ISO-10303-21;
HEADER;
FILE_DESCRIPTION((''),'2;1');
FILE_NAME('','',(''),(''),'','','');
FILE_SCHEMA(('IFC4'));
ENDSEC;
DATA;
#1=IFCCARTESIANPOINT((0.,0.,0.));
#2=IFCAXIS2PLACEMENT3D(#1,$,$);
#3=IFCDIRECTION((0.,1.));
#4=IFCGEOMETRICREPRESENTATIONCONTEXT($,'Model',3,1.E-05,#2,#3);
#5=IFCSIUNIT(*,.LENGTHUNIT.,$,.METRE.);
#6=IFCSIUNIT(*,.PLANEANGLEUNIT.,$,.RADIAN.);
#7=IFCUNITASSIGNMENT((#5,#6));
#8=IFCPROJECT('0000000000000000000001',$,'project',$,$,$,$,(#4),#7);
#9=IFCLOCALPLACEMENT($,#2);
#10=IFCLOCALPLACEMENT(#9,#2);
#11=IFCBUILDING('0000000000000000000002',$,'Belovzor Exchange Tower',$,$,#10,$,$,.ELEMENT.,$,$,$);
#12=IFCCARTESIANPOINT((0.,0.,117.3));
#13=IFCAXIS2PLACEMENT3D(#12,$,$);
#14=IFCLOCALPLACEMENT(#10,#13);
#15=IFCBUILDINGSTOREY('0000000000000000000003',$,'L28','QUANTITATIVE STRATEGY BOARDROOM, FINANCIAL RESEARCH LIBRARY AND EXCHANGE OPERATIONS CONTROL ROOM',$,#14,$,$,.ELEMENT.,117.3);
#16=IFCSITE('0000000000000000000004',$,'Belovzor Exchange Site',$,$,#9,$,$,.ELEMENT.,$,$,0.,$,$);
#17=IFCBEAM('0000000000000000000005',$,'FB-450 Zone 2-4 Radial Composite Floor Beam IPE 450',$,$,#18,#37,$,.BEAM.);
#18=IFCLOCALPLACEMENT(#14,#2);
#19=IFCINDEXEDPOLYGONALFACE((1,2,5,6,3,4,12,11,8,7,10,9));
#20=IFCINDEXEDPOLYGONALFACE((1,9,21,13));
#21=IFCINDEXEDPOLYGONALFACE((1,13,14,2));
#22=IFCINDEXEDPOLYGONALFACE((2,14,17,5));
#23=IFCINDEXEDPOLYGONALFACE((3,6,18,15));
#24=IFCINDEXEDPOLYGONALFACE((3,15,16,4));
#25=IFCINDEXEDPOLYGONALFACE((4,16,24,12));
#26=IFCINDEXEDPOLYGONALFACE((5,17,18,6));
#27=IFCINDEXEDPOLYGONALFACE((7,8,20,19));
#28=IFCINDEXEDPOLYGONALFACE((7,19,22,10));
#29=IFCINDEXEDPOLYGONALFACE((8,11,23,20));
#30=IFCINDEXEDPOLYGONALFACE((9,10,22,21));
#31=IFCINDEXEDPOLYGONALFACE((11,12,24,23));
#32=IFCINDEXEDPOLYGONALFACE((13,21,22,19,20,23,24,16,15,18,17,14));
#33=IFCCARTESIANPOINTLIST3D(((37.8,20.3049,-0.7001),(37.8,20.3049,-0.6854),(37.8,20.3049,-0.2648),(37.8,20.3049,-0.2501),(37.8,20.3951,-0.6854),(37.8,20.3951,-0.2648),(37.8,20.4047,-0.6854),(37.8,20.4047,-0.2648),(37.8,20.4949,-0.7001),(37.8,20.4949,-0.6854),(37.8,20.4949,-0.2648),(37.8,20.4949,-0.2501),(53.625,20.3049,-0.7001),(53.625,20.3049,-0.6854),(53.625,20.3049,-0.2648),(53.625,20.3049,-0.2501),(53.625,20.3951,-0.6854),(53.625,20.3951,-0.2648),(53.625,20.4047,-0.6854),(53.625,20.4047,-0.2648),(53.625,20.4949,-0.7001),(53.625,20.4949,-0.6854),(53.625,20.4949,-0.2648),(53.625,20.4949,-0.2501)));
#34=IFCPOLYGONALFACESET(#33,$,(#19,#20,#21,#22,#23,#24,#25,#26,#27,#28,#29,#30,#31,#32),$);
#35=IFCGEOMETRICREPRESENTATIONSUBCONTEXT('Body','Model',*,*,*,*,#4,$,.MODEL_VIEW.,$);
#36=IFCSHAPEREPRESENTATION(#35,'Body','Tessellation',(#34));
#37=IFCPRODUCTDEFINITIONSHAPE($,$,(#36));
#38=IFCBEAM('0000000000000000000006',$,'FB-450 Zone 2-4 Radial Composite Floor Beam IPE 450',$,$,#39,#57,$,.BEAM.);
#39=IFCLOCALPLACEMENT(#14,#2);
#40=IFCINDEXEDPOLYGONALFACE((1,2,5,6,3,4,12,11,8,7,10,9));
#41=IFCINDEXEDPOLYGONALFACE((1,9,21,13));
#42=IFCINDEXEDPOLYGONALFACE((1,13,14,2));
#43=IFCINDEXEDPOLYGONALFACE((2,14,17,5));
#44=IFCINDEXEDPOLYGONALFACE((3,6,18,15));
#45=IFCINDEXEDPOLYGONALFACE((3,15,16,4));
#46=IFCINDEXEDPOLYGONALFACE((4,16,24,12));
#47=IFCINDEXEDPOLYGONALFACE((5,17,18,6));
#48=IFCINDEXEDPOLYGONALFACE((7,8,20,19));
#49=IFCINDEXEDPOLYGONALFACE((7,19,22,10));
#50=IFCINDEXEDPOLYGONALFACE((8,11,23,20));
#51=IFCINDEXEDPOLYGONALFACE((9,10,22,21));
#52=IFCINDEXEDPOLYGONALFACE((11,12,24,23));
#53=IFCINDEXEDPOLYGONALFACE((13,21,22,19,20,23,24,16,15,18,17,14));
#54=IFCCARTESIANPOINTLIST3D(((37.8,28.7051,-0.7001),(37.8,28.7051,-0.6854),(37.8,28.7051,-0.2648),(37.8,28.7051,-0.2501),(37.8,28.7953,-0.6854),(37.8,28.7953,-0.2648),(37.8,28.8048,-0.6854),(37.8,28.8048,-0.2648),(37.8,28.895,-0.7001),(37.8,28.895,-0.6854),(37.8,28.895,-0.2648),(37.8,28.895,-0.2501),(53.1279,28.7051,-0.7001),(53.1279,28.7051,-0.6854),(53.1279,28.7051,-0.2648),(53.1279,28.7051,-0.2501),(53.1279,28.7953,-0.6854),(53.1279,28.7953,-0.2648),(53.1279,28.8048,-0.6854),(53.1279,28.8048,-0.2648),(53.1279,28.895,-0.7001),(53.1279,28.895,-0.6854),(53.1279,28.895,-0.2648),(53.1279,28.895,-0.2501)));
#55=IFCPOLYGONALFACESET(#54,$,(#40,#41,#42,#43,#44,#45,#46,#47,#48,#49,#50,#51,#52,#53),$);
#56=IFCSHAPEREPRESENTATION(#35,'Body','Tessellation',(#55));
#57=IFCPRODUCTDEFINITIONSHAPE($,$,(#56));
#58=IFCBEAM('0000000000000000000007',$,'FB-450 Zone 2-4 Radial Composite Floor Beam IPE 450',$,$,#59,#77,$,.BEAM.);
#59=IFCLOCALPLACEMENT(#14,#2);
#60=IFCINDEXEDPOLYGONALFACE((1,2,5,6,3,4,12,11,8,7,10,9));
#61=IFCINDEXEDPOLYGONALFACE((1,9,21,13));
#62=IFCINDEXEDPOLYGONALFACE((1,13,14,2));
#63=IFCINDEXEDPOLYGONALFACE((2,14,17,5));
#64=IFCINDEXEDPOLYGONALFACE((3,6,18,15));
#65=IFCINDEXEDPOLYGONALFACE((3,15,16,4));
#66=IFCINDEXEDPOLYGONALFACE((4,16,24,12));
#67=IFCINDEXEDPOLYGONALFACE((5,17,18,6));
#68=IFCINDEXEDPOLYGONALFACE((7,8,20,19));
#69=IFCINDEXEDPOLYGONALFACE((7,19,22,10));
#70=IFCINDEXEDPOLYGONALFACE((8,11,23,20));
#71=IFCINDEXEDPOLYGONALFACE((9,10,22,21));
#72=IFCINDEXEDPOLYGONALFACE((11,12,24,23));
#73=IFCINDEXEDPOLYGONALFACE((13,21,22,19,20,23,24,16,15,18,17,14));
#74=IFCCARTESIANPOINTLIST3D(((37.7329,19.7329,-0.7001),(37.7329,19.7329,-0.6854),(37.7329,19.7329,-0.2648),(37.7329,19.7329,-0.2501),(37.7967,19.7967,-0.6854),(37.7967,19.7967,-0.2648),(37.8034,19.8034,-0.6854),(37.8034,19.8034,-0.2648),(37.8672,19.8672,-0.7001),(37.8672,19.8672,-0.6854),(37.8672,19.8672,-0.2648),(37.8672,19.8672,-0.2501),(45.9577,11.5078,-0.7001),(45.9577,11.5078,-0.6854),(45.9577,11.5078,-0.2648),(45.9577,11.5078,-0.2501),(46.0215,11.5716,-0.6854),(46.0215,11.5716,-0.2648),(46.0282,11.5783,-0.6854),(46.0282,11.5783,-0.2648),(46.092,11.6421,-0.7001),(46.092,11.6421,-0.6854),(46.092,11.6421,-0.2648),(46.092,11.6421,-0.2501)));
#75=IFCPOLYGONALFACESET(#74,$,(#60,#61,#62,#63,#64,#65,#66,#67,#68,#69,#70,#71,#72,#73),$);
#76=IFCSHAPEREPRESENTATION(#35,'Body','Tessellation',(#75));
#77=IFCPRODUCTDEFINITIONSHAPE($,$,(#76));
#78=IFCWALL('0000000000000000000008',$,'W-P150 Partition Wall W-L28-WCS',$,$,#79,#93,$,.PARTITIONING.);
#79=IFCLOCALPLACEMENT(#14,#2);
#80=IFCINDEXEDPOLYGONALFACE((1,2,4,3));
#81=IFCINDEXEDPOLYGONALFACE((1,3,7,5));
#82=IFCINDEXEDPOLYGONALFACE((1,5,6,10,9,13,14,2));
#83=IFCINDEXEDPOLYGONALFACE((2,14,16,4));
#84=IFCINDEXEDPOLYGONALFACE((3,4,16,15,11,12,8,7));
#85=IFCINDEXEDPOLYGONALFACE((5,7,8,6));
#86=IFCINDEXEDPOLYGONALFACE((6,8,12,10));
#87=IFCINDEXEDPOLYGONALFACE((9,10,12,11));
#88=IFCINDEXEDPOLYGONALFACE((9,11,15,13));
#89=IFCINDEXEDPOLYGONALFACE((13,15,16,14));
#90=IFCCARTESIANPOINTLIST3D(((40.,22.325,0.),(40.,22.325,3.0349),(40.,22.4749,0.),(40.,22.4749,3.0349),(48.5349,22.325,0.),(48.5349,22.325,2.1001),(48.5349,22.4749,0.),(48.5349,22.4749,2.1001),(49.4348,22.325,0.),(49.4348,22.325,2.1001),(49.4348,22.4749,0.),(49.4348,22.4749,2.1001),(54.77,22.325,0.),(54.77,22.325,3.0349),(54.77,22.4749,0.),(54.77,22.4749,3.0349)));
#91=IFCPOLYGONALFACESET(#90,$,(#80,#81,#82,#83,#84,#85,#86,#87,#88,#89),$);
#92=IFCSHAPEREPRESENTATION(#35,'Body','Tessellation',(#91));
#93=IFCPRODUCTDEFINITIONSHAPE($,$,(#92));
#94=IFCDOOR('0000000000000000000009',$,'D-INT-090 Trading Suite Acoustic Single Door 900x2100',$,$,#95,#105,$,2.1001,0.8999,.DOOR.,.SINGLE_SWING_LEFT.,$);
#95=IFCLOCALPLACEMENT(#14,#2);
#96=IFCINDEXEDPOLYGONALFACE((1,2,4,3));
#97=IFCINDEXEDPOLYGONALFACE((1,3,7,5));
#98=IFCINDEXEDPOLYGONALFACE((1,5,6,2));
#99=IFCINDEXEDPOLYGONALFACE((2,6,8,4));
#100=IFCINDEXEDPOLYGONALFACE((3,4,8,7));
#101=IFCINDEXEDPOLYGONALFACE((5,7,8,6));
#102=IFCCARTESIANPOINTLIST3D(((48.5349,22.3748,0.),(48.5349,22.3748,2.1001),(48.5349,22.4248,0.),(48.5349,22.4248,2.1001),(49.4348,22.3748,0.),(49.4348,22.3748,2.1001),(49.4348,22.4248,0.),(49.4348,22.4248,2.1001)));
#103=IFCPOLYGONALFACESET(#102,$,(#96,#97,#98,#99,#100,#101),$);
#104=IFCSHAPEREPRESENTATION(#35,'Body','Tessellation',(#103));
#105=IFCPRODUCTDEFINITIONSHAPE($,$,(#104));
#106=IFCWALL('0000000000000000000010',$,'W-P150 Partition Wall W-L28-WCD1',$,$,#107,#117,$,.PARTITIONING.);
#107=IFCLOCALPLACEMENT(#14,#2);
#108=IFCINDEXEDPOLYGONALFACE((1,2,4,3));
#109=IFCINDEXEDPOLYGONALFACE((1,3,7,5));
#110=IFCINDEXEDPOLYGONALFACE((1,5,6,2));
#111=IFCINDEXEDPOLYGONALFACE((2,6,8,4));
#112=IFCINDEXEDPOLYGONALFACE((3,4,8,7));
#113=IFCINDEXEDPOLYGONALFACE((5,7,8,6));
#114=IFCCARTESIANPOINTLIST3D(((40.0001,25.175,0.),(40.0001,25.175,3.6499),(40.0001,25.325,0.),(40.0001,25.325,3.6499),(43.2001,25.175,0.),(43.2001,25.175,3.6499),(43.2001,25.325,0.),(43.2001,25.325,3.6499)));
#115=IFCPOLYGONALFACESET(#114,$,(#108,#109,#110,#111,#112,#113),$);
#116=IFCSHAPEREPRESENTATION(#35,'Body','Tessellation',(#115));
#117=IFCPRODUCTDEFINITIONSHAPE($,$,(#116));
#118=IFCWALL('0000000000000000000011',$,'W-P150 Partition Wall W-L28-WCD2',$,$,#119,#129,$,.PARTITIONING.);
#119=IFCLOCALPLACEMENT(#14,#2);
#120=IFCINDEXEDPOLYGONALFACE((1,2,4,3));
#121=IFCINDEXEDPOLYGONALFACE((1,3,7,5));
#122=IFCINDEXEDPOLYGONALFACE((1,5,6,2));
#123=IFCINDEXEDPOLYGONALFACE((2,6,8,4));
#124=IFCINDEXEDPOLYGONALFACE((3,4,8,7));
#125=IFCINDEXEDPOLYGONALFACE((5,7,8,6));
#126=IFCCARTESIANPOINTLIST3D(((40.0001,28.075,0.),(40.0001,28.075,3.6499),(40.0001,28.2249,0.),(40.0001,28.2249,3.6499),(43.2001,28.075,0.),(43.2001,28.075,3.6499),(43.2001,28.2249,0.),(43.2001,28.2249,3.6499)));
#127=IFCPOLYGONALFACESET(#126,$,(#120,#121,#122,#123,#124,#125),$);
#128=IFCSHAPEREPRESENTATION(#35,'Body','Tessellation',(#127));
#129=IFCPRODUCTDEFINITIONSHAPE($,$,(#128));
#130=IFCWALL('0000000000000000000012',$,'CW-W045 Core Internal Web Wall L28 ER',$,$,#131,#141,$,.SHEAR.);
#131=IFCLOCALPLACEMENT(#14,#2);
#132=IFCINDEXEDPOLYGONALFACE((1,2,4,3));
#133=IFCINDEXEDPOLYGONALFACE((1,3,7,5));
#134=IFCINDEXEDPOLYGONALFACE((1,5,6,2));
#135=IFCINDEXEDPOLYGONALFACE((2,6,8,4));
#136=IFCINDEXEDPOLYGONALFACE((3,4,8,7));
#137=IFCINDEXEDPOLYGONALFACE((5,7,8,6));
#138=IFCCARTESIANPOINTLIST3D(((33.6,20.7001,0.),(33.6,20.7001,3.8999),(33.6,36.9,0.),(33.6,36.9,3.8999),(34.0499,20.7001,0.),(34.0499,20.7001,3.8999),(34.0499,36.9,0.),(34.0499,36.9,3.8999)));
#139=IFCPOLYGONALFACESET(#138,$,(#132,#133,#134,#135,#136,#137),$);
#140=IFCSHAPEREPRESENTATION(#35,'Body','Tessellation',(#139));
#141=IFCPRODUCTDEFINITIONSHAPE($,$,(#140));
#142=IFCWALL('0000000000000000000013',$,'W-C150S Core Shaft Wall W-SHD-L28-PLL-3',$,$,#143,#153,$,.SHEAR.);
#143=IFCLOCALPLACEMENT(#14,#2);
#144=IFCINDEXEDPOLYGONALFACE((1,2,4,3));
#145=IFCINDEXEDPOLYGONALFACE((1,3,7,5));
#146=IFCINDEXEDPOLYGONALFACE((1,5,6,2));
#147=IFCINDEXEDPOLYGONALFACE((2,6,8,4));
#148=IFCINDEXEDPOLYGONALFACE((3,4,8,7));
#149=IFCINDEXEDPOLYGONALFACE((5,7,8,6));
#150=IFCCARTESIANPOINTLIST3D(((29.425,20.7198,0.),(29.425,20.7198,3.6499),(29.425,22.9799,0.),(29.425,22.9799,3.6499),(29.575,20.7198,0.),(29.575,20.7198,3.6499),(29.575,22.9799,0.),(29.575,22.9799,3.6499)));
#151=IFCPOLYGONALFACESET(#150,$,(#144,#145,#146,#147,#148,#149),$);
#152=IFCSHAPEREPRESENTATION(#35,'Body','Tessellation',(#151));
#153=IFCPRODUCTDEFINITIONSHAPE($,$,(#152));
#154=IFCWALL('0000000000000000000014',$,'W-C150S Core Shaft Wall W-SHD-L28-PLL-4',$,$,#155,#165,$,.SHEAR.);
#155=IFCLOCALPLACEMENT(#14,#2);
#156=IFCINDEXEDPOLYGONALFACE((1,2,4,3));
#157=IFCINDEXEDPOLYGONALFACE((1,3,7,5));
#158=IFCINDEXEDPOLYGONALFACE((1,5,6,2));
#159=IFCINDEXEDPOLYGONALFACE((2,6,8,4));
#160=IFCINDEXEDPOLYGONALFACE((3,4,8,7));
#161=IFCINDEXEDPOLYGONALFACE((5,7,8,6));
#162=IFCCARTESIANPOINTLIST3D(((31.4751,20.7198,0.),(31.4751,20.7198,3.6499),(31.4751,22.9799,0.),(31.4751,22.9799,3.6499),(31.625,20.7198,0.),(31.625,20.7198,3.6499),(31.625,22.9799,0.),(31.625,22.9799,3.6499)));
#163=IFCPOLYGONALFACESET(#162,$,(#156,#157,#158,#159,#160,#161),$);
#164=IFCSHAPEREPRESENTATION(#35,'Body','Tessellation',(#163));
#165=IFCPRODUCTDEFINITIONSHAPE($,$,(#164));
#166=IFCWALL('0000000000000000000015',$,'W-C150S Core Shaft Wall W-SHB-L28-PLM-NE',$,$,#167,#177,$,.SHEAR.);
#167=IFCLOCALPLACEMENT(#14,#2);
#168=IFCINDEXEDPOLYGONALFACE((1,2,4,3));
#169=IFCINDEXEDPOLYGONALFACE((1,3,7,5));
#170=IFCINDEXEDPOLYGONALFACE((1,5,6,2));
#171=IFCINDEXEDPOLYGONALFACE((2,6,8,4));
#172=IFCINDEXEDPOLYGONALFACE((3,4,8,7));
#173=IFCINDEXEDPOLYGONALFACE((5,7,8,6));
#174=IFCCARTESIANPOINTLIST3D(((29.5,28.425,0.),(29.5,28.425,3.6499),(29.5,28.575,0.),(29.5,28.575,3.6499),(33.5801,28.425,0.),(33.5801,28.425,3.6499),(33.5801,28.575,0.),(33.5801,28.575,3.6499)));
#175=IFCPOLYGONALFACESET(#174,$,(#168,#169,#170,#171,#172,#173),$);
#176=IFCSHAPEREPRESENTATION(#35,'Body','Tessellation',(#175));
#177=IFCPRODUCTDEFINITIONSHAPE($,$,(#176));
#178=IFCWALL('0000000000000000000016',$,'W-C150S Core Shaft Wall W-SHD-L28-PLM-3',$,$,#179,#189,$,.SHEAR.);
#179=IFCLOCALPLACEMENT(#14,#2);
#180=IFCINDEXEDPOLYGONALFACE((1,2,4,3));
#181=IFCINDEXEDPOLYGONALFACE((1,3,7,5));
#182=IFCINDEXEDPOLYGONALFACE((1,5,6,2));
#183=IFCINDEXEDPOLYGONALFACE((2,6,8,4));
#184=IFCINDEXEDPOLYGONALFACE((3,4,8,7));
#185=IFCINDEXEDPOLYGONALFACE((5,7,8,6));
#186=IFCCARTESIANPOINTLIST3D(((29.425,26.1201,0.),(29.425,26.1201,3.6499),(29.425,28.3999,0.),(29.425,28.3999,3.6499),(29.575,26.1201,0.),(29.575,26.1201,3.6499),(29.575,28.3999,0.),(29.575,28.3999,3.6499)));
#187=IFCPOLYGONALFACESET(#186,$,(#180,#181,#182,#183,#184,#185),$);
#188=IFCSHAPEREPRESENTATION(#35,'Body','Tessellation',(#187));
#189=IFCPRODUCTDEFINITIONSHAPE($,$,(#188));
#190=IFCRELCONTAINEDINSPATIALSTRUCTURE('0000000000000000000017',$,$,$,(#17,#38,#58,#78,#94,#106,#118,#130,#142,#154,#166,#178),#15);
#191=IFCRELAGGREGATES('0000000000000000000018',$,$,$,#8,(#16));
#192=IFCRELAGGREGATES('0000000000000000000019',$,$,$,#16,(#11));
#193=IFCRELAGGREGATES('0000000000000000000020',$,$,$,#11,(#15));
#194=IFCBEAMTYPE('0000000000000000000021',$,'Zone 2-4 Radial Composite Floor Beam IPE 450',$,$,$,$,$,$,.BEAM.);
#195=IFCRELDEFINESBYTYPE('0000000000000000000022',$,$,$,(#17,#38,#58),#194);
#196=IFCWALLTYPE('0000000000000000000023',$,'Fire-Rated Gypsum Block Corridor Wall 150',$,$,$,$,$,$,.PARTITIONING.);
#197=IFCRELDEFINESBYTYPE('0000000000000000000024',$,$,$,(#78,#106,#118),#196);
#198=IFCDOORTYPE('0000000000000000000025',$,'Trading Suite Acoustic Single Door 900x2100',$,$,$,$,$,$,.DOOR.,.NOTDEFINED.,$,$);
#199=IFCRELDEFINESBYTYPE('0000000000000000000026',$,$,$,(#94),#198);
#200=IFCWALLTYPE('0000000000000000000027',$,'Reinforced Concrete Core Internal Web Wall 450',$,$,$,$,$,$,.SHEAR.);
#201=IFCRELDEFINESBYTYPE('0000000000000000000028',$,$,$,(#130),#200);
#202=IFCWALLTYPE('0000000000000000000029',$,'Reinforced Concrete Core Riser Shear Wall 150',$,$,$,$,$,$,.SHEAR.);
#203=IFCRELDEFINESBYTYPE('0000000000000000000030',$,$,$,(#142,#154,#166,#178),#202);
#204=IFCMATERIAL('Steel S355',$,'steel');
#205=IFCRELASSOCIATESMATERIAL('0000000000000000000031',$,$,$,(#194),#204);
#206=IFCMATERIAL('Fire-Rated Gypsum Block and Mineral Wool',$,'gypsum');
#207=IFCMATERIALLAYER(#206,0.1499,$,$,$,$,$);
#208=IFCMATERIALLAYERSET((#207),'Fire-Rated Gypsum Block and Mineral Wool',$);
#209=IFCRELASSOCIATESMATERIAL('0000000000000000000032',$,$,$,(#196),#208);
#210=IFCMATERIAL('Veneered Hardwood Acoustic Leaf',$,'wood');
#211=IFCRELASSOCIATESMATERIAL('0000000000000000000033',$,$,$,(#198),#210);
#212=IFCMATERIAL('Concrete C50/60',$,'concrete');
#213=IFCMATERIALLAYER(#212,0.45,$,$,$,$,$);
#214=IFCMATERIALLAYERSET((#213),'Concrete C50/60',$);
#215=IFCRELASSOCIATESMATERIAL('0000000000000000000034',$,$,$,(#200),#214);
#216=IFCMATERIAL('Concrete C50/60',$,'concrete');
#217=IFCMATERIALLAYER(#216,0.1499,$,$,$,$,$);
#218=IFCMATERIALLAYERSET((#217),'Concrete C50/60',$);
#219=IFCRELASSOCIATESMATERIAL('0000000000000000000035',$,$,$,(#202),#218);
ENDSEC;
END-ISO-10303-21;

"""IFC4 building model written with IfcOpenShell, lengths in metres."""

from ifc_helpers import new_model, si_unit, direction, frame, frame_2d, origin, origin_2d, place, context, subcontext, project, spatial, rectangle, i_section, extrude, material, layer, layer_set, material_profile, profile_set, type_object, element, fill, save


model = new_model("IFC4")

# Units and contexts
model_context = context("Model", 3, precision=1e-05, world=origin(), true_north=direction((0.0, 1.0)))
body_context = subcontext(model_context, "Body", "Model", "MODEL_VIEW")
ifc_project = project(units=[si_unit("LENGTHUNIT", "METRE"), si_unit("PLANEANGLEUNIT", "RADIAN")], contexts=[model_context])

# Site, building, storey
site_placement = place(None, origin())
site = spatial("IfcSite", under=ifc_project, at=site_placement, Name="Belovzor Exchange Site", CompositionType="ELEMENT", RefElevation=0.0)
building_placement = place(site_placement, origin())
building = spatial("IfcBuilding", under=site, at=building_placement, Name="Belovzor Exchange Tower", CompositionType="ELEMENT")
storey_placement = place(building_placement, frame((0.0, 0.0, 117.3)))
storey = spatial("IfcBuildingStorey", under=building, at=storey_placement, Name="L28", Description="QUANTITATIVE STRATEGY BOARDROOM, FINANCIAL RESEARCH LIBRARY AND EXCHANGE OPERATIONS CONTROL ROOM", CompositionType="ELEMENT", Elevation=117.3)

# Beams
ifc_material_1 = material(Name="Steel S355", Category="steel")
ifc_material_profile = material_profile(ifc_material_1, i_section(OverallWidth=0.1899, OverallDepth=0.45, WebThickness=0.0095, FlangeThickness=0.0146, at=origin_2d()))
ifc_profile_set = profile_set([ifc_material_profile], Name="Steel S355")
beam_type = type_object("IfcBeamType", Name="Zone 2-4 Radial Composite Floor Beam IPE 450", PredefinedType="BEAM", material=ifc_profile_set)
beam_1_placement = place(storey_placement, frame((37.8, 20.3999, -0.4751), z_axis=(1.0, 0.0, 0.0), x_axis=(0.0, 1.0, 0.0)))
element("IfcBeam", 1, at=beam_1_placement, inside=storey, type_object=beam_type, Name="FB-450 Zone 2-4 Radial Composite Floor Beam IPE 450", PredefinedType="BEAM", context=body_context, shape_type="SweptSolid", body=[
    extrude(i_section(OverallWidth=0.1899, OverallDepth=0.45, WebThickness=0.0095, FlangeThickness=0.0146, at=origin_2d()), origin(), (0.0, 0.0, 1.0), 15.825),
])
beam_2_placement = place(storey_placement, frame((37.8, 28.8, -0.4751), z_axis=(1.0, 0.0, 0.0), x_axis=(0.0, 1.0, 0.0)))
element("IfcBeam", 2, at=beam_2_placement, inside=storey, type_object=beam_type, Name="FB-450 Zone 2-4 Radial Composite Floor Beam IPE 450", PredefinedType="BEAM", context=body_context, shape_type="SweptSolid", body=[
    extrude(i_section(OverallWidth=0.1899, OverallDepth=0.45, WebThickness=0.0095, FlangeThickness=0.0146, at=origin_2d()), origin(), (0.0, 0.0, 1.0), 15.3279),
])
beam_3_placement = place(storey_placement, frame((37.8, 19.8, -0.4751), z_axis=(0.707096, -0.707117, 0.0), x_axis=(0.707117, 0.707096, 0.0)))
element("IfcBeam", 3, at=beam_3_placement, inside=storey, type_object=beam_type, Name="FB-450 Zone 2-4 Radial Composite Floor Beam IPE 450", PredefinedType="BEAM", context=body_context, shape_type="SweptSolid", body=[
    extrude(i_section(OverallWidth=0.1899, OverallDepth=0.45, WebThickness=0.0095, FlangeThickness=0.0146, at=origin_2d()), origin(), (0.0, 0.0, 1.0), 11.6318),
])

# Wall, opening, door
ifc_material_2 = material(Name="Fire-Rated Gypsum Block and Mineral Wool", Category="gypsum")
ifc_layer_1 = layer(ifc_material_2, 0.1499)
ifc_layer_set_1 = layer_set([ifc_layer_1], Name="Fire-Rated Gypsum Block and Mineral Wool")
wall_type_1 = type_object("IfcWallType", Name="Fire-Rated Gypsum Block Corridor Wall 150", PredefinedType="PARTITIONING", material=ifc_layer_set_1)
wall_1_placement = place(storey_placement, frame((40.0, 22.3999, 0.0), z_axis=(0.0, 0.0, 1.0), x_axis=(1.0, 0.0, 0.0)))
wall_1 = element("IfcWall", 4, at=wall_1_placement, inside=storey, type_object=wall_type_1, Name="W-P150 Partition Wall W-L28-WCS", PredefinedType="PARTITIONING", context=body_context, shape_type="SweptSolid", body=[
    extrude(rectangle(XDim=14.77, YDim=0.1499, at=frame_2d((7.385, 0.0))), origin(), (0.0, 0.0, 1.0), 3.0349),
])
opening_1_placement = place(wall_1_placement, frame((8.5349, 0.0, 0.0)))
opening_1 = element("IfcOpeningElement", 5, at=opening_1_placement, cuts=wall_1, PredefinedType="OPENING", context=body_context, shape_type="SweptSolid", body=[
    extrude(rectangle(XDim=0.8999, YDim=2.1001, at=frame_2d((0.45, 1.05))), frame((0.0, 0.085, 0.0), z_axis=(0.0, -1.0, 0.0), x_axis=(1.0, 0.0, 0.0)), (0.0, 0.0, 1.0), 0.1699),
])
ifc_material_3 = material(Name="Veneered Hardwood Acoustic Leaf", Category="wood")
door_type_1 = type_object("IfcDoorType", Name="Trading Suite Acoustic Single Door 900x2100", OperationType="NOTDEFINED", PredefinedType="DOOR", material=ifc_material_3)
door_1_placement = place(opening_1_placement, origin())
door_1 = element("IfcDoor", 6, at=door_1_placement, inside=storey, type_object=door_type_1, Name="D-INT-090 Trading Suite Acoustic Single Door 900x2100", OperationType="SINGLE_SWING_LEFT", OverallHeight=2.1001, OverallWidth=0.8999, PredefinedType="DOOR", context=body_context, shape_type="SweptSolid", body=[
    extrude(rectangle(XDim=0.8999, YDim=2.1001, at=frame_2d((0.45, 1.05))), frame((0.0, 0.0249, 0.0), z_axis=(0.0, -1.0, 0.0), x_axis=(1.0, 0.0, 0.0)), (0.0, 0.0, 1.0), 0.05),
])
fill(opening_1, door_1)

# Walls
for number, where, z_axis, x_axis, name in (
    (7, (40.0, 25.25, 0.0), (0.0, 0.0, 1.0), (1.0, 0.0, 0.0), "W-P150 Partition Wall W-L28-WCD1"),
    (8, (40.0, 28.1499, 0.0), (0.0, 0.0, 1.0), (1.0, 0.0, 0.0), "W-P150 Partition Wall W-L28-WCD2"),
):
    element("IfcWall", number, at=place(storey_placement, frame(where, z_axis=z_axis, x_axis=x_axis)), inside=storey, type_object=wall_type_1, Name=name, PredefinedType="PARTITIONING", context=body_context, shape_type="SweptSolid", body=[
        extrude(rectangle(XDim=3.2, YDim=0.1499, at=frame_2d((1.6001, 0.0))), origin(), (0.0, 0.0, 1.0), 3.6499),
    ])
ifc_material_4 = material(Name="Concrete C50/60", Category="concrete")
ifc_layer_2 = layer(ifc_material_4, 0.45)
ifc_layer_set_2 = layer_set([ifc_layer_2], Name="Concrete C50/60")
wall_type_2 = type_object("IfcWallType", Name="Reinforced Concrete Core Internal Web Wall 450", PredefinedType="SHEAR", material=ifc_layer_set_2)
wall_2_placement = place(storey_placement, frame((33.825, 20.7, 0.0), z_axis=(0.0, 0.0, 1.0), x_axis=(0.0, 1.0, 0.0)))
element("IfcWall", 9, at=wall_2_placement, inside=storey, type_object=wall_type_2, Name="CW-W045 Core Internal Web Wall L28 ER", PredefinedType="SHEAR", context=body_context, shape_type="SweptSolid", body=[
    extrude(rectangle(XDim=16.2, YDim=0.45, at=frame_2d((8.1001, 0.0))), origin(), (0.0, 0.0, 1.0), 3.8999),
])
ifc_material_5 = material(Name="Concrete C50/60", Category="concrete")
ifc_layer_3 = layer(ifc_material_5, 0.1499)
ifc_layer_set_3 = layer_set([ifc_layer_3], Name="Concrete C50/60")
wall_type_3 = type_object("IfcWallType", Name="Reinforced Concrete Core Riser Shear Wall 150", PredefinedType="SHEAR", material=ifc_layer_set_3)
for number, where, z_axis, x_axis, name in (
    (10, (29.5, 20.72, 0.0), (0.0, 0.0, 1.0), (0.0, 1.0, 0.0), "W-C150S Core Shaft Wall W-SHD-L28-PLL-3"),
    (11, (31.55, 20.72, 0.0), (0.0, 0.0, 1.0), (0.0, 1.0, 0.0), "W-C150S Core Shaft Wall W-SHD-L28-PLL-4"),
):
    element("IfcWall", number, at=place(storey_placement, frame(where, z_axis=z_axis, x_axis=x_axis)), inside=storey, type_object=wall_type_3, Name=name, PredefinedType="SHEAR", context=body_context, shape_type="SweptSolid", body=[
        extrude(rectangle(XDim=2.26, YDim=0.1499, at=frame_2d((1.1299, 0.0))), origin(), (0.0, 0.0, 1.0), 3.6499),
    ])
wall_3_placement = place(storey_placement, frame((29.5, 28.5, 0.0), z_axis=(0.0, 0.0, 1.0), x_axis=(1.0, 0.0, 0.0)))
element("IfcWall", 12, at=wall_3_placement, inside=storey, type_object=wall_type_3, Name="W-C150S Core Shaft Wall W-SHB-L28-PLM-NE", PredefinedType="SHEAR", context=body_context, shape_type="SweptSolid", body=[
    extrude(rectangle(XDim=4.0801, YDim=0.1499, at=frame_2d((2.04, 0.0))), origin(), (0.0, 0.0, 1.0), 3.6499),
])
for number, where, z_axis, x_axis, name in (
    (13, (29.5, 26.1201, 0.0), (0.0, 0.0, 1.0), (0.0, 1.0, 0.0), "W-C150S Core Shaft Wall W-SHD-L28-PLM-3"),
):
    element("IfcWall", number, at=place(storey_placement, frame(where, z_axis=z_axis, x_axis=x_axis)), inside=storey, type_object=wall_type_3, Name=name, PredefinedType="SHEAR", context=body_context, shape_type="SweptSolid", body=[
        extrude(rectangle(XDim=2.2798, YDim=0.1499, at=frame_2d((1.1399, 0.0))), origin(), (0.0, 0.0, 1.0), 3.6499),
    ])

save(model, "model.ifc")
